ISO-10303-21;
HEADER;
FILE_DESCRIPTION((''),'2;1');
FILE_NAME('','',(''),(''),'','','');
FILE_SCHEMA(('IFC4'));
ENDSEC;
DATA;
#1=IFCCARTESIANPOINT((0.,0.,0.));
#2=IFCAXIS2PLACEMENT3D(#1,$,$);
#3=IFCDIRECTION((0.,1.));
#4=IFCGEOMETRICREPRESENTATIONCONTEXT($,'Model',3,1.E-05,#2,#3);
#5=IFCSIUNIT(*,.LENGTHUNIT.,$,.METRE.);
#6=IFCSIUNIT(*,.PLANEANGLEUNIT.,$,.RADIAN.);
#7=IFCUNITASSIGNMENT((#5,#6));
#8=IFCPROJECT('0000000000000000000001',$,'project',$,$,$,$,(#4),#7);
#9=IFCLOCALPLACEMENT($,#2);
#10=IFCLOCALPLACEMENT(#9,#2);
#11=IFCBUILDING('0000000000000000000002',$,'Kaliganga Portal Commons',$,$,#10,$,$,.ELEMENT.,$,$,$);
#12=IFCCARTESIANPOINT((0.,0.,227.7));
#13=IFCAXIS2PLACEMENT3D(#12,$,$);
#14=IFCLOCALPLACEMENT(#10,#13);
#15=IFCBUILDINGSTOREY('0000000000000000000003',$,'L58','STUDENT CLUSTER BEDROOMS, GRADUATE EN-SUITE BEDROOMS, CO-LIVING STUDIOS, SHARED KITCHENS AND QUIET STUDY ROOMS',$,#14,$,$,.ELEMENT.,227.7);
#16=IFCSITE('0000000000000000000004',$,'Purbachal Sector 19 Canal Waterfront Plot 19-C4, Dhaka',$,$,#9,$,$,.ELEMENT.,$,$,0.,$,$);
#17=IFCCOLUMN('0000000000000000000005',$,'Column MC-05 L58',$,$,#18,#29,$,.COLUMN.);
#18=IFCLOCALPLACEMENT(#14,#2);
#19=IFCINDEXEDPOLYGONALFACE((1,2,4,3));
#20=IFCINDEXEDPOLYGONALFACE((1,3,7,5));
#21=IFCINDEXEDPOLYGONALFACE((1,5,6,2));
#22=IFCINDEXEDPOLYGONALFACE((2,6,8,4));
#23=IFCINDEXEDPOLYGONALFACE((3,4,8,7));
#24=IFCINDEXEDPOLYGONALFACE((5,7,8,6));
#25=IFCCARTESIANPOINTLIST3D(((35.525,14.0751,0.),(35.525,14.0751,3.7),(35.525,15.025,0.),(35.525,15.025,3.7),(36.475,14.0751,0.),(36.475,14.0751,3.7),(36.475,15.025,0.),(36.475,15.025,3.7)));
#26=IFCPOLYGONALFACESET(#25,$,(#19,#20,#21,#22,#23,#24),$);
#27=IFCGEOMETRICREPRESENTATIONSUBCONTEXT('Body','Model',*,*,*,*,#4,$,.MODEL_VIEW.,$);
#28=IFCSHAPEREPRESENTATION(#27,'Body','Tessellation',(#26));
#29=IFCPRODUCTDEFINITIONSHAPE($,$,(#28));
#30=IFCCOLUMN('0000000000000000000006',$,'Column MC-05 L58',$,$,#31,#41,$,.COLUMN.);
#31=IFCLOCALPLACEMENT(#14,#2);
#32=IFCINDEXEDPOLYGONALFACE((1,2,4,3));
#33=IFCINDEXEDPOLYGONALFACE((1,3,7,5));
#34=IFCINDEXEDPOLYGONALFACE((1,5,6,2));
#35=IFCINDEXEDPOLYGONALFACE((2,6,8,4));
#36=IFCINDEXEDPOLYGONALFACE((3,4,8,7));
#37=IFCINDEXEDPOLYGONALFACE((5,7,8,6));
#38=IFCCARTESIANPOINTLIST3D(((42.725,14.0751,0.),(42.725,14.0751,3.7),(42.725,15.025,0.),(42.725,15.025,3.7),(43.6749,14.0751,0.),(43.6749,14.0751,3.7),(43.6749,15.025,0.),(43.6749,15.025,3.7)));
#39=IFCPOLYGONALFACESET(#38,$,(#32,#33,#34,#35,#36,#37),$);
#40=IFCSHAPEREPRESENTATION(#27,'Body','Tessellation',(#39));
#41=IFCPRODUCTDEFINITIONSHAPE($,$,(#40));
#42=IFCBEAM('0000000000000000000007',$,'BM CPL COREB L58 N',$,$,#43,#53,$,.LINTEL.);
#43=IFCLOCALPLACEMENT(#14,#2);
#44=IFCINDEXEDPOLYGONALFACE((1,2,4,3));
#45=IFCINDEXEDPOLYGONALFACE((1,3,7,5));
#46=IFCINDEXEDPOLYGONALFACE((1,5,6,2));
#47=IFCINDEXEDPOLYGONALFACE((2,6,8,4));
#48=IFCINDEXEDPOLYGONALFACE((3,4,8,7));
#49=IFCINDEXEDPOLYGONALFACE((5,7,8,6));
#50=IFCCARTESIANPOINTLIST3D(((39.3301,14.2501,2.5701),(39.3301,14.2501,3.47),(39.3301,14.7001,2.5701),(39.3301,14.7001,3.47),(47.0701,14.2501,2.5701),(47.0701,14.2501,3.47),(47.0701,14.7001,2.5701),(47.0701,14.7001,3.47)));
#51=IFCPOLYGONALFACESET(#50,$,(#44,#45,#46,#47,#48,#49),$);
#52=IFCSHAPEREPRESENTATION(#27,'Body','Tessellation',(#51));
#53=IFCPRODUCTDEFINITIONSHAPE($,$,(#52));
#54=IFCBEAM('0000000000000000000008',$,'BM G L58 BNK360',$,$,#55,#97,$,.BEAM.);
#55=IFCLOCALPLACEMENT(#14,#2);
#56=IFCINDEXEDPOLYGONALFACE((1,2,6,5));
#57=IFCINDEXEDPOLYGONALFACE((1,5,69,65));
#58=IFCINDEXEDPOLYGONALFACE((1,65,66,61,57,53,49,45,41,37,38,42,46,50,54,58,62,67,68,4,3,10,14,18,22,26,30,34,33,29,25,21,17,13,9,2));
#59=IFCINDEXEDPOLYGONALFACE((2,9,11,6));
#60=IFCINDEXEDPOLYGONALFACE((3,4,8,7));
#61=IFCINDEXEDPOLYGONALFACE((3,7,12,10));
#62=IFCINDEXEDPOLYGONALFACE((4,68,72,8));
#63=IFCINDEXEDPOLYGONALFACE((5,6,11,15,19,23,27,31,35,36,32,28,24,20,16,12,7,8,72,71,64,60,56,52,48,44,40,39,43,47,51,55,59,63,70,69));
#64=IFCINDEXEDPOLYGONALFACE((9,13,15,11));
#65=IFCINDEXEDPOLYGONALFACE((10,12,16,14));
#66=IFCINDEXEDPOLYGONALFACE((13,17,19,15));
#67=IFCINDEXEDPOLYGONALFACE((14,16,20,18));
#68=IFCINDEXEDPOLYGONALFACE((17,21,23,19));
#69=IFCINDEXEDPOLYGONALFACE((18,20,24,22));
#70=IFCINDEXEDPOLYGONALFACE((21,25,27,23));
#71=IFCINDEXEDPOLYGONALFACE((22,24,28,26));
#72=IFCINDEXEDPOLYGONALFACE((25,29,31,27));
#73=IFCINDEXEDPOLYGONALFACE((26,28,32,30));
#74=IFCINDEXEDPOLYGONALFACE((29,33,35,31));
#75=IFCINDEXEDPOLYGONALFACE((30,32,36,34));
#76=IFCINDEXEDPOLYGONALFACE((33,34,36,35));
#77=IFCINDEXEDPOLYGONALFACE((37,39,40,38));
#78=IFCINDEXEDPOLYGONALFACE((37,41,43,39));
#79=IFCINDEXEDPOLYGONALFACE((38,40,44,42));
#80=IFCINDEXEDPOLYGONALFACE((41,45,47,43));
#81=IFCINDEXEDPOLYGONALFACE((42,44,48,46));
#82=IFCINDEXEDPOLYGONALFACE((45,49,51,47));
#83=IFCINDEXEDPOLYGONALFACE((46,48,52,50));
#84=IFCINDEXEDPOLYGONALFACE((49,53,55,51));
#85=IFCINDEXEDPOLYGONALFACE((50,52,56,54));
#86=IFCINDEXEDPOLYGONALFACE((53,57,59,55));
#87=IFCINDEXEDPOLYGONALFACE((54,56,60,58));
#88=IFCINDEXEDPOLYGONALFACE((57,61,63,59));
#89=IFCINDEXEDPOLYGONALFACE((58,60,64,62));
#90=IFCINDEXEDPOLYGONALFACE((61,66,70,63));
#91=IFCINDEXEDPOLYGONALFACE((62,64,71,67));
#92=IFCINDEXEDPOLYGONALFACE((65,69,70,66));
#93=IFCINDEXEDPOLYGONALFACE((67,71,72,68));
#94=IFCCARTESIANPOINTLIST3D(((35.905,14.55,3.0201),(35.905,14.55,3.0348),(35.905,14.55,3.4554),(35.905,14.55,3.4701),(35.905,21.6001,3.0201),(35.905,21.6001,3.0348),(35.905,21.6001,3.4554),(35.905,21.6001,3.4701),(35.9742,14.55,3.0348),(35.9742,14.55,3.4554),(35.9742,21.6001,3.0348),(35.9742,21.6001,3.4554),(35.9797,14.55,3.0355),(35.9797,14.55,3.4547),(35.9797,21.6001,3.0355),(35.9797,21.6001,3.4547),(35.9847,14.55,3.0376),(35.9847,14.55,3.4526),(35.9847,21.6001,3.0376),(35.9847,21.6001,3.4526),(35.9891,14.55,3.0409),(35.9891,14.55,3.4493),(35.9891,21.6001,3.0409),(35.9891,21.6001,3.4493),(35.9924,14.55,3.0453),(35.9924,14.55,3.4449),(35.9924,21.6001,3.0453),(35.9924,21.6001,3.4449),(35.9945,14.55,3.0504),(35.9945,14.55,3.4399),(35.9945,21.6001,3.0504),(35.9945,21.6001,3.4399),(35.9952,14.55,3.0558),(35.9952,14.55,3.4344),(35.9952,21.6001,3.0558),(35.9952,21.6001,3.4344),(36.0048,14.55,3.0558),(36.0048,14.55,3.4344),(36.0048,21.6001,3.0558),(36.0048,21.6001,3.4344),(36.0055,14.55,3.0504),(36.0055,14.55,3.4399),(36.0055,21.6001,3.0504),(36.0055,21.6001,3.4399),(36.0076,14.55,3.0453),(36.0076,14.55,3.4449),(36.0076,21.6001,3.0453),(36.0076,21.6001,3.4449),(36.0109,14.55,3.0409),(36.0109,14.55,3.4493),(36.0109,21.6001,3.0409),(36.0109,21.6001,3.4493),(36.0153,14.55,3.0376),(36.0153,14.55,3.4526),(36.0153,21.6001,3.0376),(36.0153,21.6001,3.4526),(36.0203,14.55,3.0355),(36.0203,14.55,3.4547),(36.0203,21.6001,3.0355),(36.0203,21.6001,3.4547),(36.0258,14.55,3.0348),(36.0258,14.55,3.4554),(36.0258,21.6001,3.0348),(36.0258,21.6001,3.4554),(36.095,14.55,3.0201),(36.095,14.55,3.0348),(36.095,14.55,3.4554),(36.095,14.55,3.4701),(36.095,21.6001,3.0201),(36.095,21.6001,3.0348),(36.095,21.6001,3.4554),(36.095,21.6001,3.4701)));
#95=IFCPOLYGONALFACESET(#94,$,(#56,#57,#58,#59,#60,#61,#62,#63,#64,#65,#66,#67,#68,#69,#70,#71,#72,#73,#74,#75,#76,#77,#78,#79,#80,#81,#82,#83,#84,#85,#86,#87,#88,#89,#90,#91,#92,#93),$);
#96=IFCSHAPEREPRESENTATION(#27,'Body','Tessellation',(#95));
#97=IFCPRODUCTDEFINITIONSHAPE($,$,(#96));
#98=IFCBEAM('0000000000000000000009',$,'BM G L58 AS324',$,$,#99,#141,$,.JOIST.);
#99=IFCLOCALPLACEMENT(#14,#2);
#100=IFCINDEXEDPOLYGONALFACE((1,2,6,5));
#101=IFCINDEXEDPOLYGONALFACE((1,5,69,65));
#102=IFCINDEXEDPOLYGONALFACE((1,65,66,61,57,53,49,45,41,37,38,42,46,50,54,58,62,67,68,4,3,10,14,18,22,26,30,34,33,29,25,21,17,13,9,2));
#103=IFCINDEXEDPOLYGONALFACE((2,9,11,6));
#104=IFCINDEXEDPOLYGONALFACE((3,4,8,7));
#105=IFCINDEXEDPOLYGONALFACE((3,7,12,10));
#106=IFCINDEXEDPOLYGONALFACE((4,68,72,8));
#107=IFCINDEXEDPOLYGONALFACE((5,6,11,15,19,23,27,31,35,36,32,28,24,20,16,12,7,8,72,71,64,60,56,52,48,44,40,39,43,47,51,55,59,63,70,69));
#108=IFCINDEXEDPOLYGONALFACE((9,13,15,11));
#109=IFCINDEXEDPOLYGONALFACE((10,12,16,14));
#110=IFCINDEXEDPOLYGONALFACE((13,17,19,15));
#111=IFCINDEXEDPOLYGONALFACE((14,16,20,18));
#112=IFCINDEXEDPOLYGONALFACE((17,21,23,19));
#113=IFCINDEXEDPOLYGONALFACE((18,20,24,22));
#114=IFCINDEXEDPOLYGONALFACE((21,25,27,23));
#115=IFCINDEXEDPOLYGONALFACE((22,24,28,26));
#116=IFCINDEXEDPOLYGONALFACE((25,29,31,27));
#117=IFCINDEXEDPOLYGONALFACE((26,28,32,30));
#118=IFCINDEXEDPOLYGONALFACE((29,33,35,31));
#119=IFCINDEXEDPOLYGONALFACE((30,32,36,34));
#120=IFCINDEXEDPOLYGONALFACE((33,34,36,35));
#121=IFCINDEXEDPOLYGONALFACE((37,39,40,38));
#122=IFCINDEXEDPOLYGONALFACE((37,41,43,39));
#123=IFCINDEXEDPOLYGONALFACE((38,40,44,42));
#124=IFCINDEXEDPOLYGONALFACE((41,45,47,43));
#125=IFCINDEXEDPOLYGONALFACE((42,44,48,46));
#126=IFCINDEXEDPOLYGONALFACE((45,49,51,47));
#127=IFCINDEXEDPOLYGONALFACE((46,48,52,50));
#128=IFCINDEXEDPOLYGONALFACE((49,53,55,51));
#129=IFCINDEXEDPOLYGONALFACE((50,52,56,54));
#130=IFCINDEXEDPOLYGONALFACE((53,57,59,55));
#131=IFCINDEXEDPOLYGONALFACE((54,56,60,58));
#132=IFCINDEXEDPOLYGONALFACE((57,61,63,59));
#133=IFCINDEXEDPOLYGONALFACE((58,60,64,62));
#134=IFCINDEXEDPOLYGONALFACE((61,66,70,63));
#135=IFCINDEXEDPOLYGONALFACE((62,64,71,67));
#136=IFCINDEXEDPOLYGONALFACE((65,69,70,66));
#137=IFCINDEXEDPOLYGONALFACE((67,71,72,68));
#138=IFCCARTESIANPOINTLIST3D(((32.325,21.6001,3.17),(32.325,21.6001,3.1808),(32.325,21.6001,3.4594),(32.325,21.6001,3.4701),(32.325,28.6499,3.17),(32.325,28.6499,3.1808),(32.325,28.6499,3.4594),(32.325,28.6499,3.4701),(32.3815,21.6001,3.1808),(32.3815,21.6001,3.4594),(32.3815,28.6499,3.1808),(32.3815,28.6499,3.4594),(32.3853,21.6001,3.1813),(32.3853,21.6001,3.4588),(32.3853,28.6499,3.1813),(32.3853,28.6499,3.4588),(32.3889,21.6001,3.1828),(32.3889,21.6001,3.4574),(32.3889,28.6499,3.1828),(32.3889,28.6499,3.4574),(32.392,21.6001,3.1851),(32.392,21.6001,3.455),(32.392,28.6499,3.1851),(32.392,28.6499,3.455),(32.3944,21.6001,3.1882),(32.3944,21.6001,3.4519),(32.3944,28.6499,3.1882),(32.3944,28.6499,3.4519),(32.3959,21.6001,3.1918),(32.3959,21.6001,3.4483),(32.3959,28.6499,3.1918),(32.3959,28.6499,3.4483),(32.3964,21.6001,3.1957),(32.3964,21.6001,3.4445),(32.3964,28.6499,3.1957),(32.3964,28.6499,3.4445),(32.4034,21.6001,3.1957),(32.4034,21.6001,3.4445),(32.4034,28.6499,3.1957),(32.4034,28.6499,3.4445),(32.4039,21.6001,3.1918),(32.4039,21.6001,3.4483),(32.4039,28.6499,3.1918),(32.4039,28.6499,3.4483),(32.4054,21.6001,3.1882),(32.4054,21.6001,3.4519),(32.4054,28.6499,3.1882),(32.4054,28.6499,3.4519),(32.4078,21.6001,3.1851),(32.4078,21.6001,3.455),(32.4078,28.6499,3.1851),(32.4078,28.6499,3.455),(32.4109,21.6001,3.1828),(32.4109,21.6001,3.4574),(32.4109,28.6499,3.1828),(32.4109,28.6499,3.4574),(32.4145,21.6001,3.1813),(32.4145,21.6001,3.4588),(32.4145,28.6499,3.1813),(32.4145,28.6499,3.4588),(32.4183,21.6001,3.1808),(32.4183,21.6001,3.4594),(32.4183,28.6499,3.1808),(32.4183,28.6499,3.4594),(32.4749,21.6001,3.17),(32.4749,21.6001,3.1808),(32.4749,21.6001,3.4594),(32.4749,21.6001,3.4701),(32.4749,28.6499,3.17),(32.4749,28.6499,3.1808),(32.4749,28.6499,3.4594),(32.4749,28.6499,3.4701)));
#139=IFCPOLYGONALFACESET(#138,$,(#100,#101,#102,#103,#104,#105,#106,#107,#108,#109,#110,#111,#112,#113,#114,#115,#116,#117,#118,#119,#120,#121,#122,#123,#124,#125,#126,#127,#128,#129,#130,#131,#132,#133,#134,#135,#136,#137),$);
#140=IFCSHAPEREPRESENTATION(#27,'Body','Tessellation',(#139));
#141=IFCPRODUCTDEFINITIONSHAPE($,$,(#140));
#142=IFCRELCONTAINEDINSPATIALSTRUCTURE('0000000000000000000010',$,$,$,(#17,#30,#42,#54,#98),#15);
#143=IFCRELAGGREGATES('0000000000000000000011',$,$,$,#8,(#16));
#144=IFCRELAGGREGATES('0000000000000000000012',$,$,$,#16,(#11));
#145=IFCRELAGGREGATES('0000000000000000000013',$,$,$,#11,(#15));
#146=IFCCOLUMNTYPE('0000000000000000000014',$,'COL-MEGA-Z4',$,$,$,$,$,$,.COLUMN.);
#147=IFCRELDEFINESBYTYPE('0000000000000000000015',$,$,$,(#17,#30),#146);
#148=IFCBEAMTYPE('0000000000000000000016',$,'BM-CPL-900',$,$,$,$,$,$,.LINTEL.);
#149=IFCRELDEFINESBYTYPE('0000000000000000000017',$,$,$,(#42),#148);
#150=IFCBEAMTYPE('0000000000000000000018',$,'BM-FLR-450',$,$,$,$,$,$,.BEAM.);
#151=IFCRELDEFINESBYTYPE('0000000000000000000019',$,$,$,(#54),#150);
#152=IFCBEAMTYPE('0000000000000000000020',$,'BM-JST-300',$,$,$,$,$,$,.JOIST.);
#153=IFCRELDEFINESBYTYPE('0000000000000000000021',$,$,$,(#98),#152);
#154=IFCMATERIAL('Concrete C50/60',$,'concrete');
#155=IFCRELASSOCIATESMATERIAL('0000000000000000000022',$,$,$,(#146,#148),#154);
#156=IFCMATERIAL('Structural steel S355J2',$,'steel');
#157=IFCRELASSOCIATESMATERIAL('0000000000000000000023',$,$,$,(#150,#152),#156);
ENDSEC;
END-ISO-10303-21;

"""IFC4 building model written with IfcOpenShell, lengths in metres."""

from ifc_helpers import new_model, si_unit, direction, frame, origin, origin_2d, place, context, subcontext, project, spatial, rectangle, i_section, extrude, source, transform, mapped, material, material_profile, profile_set, type_object, element, save


model = new_model("IFC4")

# Units and contexts
model_context = context("Model", 3, precision=1e-05, world=origin(), true_north=direction((0.0, 1.0)))
body_context = subcontext(model_context, "Body", "Model", "MODEL_VIEW")
ifc_project = project(units=[si_unit("LENGTHUNIT", "METRE"), si_unit("PLANEANGLEUNIT", "RADIAN")], contexts=[model_context])

# Site, building, storey
site_placement = place(None, origin())
site = spatial("IfcSite", under=ifc_project, at=site_placement, Name="Purbachal Sector 19 Canal Waterfront Plot 19-C4, Dhaka", CompositionType="ELEMENT", RefElevation=0.0)
building_placement = place(site_placement, origin())
building = spatial("IfcBuilding", under=site, at=building_placement, Name="Kaliganga Portal Commons", CompositionType="ELEMENT")
storey_placement = place(building_placement, frame((0.0, 0.0, 227.7)))
storey = spatial("IfcBuildingStorey", under=building, at=storey_placement, Name="L58", Description="STUDENT CLUSTER BEDROOMS, GRADUATE EN-SUITE BEDROOMS, CO-LIVING STUDIOS, SHARED KITCHENS AND QUIET STUDY ROOMS", CompositionType="ELEMENT", Elevation=227.7)

# Columns
ifc_material_1 = material(Name="Concrete C50/60", Category="concrete")
ifc_material_profile_1 = material_profile(ifc_material_1, rectangle(XDim=0.95, YDim=0.95, at=origin_2d()), Name="RC 950x950")
ifc_profile_set_1 = profile_set([ifc_material_profile_1], Name="Concrete C50/60")
column_type = type_object("IfcColumnType", Name="COL-MEGA-Z4", PredefinedType="COLUMN", material=ifc_profile_set_1)
shared_shape_1 = source(origin(), body_context, "Body", "SweptSolid", [
    extrude(rectangle(XDim=0.95, YDim=0.95, at=origin_2d()), origin(), (0.0, 0.0, 1.0), 3.7),
])
for number, where, z_axis, x_axis, name in (
    (1, (36.0, 14.55, 0.0), (0.0, 0.0, 1.0), (1.0, 0.0, 0.0), "Column MC-05 L58"),
    (2, (43.2, 14.55, 0.0), (0.0, 0.0, 1.0), (1.0, 0.0, 0.0), "Column MC-05 L58"),
):
    element("IfcColumn", number, at=place(storey_placement, frame(where, z_axis=z_axis, x_axis=x_axis)), inside=storey, type_object=column_type, Name=name, PredefinedType="COLUMN", context=body_context, shape_type="MappedRepresentation", body=[
        mapped(shared_shape_1, transform((0.0, 0.0, 0.0), x_axis=(1.0, 0.0, 0.0), y_axis=(0.0, 1.0, 0.0), z_axis=(0.0, 0.0, 1.0), scale=1.0)),
    ])

# Beams
ifc_material_profile_2 = material_profile(ifc_material_1, rectangle(XDim=0.45, YDim=0.8999, at=origin_2d()), Name="RC 450x900")
ifc_profile_set_2 = profile_set([ifc_material_profile_2], Name="Concrete C50/60")
beam_type_1 = type_object("IfcBeamType", Name="BM-CPL-900", PredefinedType="LINTEL", material=ifc_profile_set_2)
shared_shape_2 = source(origin(), body_context, "Body", "SweptSolid", [
    extrude(rectangle(XDim=0.45, YDim=0.8999, at=origin_2d()), origin(), (0.0, 0.0, 1.0), 7.74),
])
beam_1_placement = place(storey_placement, frame((39.3301, 14.4751, 3.02), z_axis=(1.0, 0.0, 0.0), x_axis=(0.0, 1.0, 0.0)))
element("IfcBeam", 3, at=beam_1_placement, inside=storey, type_object=beam_type_1, Name="BM CPL COREB L58 N", PredefinedType="LINTEL", context=body_context, shape_type="MappedRepresentation", body=[
    mapped(shared_shape_2, transform((0.0, 0.0, 0.0), x_axis=(1.0, 0.0, 0.0), y_axis=(0.0, 1.0, 0.0), z_axis=(0.0, 0.0, 1.0), scale=1.0)),
])
ifc_material_2 = material(Name="Structural steel S355J2", Category="steel")
ifc_material_profile_3 = material_profile(ifc_material_2, i_section(OverallWidth=0.1899, OverallDepth=0.45, WebThickness=0.0095, FlangeThickness=0.0146, FilletRadius=0.021, at=origin_2d()), Name="IPE 450")
ifc_profile_set_3 = profile_set([ifc_material_profile_3], Name="Structural steel S355J2 wide-flange")
beam_type_2 = type_object("IfcBeamType", Name="BM-FLR-450", PredefinedType="BEAM", material=ifc_profile_set_3)
shared_shape_3 = source(origin(), body_context, "Body", "SweptSolid", [
    extrude(i_section(OverallWidth=0.1899, OverallDepth=0.45, WebThickness=0.0095, FlangeThickness=0.0146, FilletRadius=0.021, at=origin_2d()), origin(), (0.0, 0.0, 1.0), 7.05),
])
beam_2_placement = place(storey_placement, frame((36.0, 14.55, 3.2451), z_axis=(0.0, 1.0, 0.0), x_axis=(-1.0, 0.0, 0.0)))
element("IfcBeam", 4, at=beam_2_placement, inside=storey, type_object=beam_type_2, Name="BM G L58 BNK360", PredefinedType="BEAM", context=body_context, shape_type="MappedRepresentation", body=[
    mapped(shared_shape_3, transform((0.0, 0.0, 0.0), x_axis=(1.0, 0.0, 0.0), y_axis=(0.0, 1.0, 0.0), z_axis=(0.0, 0.0, 1.0), scale=1.0)),
])
ifc_material_profile_4 = material_profile(ifc_material_2, i_section(OverallWidth=0.1499, OverallDepth=0.3, WebThickness=0.0071, FlangeThickness=0.0107, FilletRadius=0.0149, at=origin_2d()), Name="IPE 300")
ifc_profile_set_4 = profile_set([ifc_material_profile_4], Name="Structural steel S355J2 wide-flange")
beam_type_3 = type_object("IfcBeamType", Name="BM-JST-300", PredefinedType="JOIST", material=ifc_profile_set_4)
shared_shape_4 = source(origin(), body_context, "Body", "SweptSolid", [
    extrude(i_section(OverallWidth=0.1499, OverallDepth=0.3, WebThickness=0.0071, FlangeThickness=0.0107, FilletRadius=0.0149, at=origin_2d()), origin(), (0.0, 0.0, 1.0), 7.0498),
])
beam_3_placement = place(storey_placement, frame((32.3999, 21.6001, 3.3201), z_axis=(0.0, 1.0, 0.0), x_axis=(-1.0, 0.0, 0.0)))
element("IfcBeam", 5, at=beam_3_placement, inside=storey, type_object=beam_type_3, Name="BM G L58 AS324", PredefinedType="JOIST", context=body_context, shape_type="MappedRepresentation", body=[
    mapped(shared_shape_4, transform((0.0, 0.0, 0.0), x_axis=(1.0, 0.0, 0.0), y_axis=(0.0, 1.0, 0.0), z_axis=(0.0, 0.0, 1.0), scale=1.0)),
])

save(model, "model.ifc")
